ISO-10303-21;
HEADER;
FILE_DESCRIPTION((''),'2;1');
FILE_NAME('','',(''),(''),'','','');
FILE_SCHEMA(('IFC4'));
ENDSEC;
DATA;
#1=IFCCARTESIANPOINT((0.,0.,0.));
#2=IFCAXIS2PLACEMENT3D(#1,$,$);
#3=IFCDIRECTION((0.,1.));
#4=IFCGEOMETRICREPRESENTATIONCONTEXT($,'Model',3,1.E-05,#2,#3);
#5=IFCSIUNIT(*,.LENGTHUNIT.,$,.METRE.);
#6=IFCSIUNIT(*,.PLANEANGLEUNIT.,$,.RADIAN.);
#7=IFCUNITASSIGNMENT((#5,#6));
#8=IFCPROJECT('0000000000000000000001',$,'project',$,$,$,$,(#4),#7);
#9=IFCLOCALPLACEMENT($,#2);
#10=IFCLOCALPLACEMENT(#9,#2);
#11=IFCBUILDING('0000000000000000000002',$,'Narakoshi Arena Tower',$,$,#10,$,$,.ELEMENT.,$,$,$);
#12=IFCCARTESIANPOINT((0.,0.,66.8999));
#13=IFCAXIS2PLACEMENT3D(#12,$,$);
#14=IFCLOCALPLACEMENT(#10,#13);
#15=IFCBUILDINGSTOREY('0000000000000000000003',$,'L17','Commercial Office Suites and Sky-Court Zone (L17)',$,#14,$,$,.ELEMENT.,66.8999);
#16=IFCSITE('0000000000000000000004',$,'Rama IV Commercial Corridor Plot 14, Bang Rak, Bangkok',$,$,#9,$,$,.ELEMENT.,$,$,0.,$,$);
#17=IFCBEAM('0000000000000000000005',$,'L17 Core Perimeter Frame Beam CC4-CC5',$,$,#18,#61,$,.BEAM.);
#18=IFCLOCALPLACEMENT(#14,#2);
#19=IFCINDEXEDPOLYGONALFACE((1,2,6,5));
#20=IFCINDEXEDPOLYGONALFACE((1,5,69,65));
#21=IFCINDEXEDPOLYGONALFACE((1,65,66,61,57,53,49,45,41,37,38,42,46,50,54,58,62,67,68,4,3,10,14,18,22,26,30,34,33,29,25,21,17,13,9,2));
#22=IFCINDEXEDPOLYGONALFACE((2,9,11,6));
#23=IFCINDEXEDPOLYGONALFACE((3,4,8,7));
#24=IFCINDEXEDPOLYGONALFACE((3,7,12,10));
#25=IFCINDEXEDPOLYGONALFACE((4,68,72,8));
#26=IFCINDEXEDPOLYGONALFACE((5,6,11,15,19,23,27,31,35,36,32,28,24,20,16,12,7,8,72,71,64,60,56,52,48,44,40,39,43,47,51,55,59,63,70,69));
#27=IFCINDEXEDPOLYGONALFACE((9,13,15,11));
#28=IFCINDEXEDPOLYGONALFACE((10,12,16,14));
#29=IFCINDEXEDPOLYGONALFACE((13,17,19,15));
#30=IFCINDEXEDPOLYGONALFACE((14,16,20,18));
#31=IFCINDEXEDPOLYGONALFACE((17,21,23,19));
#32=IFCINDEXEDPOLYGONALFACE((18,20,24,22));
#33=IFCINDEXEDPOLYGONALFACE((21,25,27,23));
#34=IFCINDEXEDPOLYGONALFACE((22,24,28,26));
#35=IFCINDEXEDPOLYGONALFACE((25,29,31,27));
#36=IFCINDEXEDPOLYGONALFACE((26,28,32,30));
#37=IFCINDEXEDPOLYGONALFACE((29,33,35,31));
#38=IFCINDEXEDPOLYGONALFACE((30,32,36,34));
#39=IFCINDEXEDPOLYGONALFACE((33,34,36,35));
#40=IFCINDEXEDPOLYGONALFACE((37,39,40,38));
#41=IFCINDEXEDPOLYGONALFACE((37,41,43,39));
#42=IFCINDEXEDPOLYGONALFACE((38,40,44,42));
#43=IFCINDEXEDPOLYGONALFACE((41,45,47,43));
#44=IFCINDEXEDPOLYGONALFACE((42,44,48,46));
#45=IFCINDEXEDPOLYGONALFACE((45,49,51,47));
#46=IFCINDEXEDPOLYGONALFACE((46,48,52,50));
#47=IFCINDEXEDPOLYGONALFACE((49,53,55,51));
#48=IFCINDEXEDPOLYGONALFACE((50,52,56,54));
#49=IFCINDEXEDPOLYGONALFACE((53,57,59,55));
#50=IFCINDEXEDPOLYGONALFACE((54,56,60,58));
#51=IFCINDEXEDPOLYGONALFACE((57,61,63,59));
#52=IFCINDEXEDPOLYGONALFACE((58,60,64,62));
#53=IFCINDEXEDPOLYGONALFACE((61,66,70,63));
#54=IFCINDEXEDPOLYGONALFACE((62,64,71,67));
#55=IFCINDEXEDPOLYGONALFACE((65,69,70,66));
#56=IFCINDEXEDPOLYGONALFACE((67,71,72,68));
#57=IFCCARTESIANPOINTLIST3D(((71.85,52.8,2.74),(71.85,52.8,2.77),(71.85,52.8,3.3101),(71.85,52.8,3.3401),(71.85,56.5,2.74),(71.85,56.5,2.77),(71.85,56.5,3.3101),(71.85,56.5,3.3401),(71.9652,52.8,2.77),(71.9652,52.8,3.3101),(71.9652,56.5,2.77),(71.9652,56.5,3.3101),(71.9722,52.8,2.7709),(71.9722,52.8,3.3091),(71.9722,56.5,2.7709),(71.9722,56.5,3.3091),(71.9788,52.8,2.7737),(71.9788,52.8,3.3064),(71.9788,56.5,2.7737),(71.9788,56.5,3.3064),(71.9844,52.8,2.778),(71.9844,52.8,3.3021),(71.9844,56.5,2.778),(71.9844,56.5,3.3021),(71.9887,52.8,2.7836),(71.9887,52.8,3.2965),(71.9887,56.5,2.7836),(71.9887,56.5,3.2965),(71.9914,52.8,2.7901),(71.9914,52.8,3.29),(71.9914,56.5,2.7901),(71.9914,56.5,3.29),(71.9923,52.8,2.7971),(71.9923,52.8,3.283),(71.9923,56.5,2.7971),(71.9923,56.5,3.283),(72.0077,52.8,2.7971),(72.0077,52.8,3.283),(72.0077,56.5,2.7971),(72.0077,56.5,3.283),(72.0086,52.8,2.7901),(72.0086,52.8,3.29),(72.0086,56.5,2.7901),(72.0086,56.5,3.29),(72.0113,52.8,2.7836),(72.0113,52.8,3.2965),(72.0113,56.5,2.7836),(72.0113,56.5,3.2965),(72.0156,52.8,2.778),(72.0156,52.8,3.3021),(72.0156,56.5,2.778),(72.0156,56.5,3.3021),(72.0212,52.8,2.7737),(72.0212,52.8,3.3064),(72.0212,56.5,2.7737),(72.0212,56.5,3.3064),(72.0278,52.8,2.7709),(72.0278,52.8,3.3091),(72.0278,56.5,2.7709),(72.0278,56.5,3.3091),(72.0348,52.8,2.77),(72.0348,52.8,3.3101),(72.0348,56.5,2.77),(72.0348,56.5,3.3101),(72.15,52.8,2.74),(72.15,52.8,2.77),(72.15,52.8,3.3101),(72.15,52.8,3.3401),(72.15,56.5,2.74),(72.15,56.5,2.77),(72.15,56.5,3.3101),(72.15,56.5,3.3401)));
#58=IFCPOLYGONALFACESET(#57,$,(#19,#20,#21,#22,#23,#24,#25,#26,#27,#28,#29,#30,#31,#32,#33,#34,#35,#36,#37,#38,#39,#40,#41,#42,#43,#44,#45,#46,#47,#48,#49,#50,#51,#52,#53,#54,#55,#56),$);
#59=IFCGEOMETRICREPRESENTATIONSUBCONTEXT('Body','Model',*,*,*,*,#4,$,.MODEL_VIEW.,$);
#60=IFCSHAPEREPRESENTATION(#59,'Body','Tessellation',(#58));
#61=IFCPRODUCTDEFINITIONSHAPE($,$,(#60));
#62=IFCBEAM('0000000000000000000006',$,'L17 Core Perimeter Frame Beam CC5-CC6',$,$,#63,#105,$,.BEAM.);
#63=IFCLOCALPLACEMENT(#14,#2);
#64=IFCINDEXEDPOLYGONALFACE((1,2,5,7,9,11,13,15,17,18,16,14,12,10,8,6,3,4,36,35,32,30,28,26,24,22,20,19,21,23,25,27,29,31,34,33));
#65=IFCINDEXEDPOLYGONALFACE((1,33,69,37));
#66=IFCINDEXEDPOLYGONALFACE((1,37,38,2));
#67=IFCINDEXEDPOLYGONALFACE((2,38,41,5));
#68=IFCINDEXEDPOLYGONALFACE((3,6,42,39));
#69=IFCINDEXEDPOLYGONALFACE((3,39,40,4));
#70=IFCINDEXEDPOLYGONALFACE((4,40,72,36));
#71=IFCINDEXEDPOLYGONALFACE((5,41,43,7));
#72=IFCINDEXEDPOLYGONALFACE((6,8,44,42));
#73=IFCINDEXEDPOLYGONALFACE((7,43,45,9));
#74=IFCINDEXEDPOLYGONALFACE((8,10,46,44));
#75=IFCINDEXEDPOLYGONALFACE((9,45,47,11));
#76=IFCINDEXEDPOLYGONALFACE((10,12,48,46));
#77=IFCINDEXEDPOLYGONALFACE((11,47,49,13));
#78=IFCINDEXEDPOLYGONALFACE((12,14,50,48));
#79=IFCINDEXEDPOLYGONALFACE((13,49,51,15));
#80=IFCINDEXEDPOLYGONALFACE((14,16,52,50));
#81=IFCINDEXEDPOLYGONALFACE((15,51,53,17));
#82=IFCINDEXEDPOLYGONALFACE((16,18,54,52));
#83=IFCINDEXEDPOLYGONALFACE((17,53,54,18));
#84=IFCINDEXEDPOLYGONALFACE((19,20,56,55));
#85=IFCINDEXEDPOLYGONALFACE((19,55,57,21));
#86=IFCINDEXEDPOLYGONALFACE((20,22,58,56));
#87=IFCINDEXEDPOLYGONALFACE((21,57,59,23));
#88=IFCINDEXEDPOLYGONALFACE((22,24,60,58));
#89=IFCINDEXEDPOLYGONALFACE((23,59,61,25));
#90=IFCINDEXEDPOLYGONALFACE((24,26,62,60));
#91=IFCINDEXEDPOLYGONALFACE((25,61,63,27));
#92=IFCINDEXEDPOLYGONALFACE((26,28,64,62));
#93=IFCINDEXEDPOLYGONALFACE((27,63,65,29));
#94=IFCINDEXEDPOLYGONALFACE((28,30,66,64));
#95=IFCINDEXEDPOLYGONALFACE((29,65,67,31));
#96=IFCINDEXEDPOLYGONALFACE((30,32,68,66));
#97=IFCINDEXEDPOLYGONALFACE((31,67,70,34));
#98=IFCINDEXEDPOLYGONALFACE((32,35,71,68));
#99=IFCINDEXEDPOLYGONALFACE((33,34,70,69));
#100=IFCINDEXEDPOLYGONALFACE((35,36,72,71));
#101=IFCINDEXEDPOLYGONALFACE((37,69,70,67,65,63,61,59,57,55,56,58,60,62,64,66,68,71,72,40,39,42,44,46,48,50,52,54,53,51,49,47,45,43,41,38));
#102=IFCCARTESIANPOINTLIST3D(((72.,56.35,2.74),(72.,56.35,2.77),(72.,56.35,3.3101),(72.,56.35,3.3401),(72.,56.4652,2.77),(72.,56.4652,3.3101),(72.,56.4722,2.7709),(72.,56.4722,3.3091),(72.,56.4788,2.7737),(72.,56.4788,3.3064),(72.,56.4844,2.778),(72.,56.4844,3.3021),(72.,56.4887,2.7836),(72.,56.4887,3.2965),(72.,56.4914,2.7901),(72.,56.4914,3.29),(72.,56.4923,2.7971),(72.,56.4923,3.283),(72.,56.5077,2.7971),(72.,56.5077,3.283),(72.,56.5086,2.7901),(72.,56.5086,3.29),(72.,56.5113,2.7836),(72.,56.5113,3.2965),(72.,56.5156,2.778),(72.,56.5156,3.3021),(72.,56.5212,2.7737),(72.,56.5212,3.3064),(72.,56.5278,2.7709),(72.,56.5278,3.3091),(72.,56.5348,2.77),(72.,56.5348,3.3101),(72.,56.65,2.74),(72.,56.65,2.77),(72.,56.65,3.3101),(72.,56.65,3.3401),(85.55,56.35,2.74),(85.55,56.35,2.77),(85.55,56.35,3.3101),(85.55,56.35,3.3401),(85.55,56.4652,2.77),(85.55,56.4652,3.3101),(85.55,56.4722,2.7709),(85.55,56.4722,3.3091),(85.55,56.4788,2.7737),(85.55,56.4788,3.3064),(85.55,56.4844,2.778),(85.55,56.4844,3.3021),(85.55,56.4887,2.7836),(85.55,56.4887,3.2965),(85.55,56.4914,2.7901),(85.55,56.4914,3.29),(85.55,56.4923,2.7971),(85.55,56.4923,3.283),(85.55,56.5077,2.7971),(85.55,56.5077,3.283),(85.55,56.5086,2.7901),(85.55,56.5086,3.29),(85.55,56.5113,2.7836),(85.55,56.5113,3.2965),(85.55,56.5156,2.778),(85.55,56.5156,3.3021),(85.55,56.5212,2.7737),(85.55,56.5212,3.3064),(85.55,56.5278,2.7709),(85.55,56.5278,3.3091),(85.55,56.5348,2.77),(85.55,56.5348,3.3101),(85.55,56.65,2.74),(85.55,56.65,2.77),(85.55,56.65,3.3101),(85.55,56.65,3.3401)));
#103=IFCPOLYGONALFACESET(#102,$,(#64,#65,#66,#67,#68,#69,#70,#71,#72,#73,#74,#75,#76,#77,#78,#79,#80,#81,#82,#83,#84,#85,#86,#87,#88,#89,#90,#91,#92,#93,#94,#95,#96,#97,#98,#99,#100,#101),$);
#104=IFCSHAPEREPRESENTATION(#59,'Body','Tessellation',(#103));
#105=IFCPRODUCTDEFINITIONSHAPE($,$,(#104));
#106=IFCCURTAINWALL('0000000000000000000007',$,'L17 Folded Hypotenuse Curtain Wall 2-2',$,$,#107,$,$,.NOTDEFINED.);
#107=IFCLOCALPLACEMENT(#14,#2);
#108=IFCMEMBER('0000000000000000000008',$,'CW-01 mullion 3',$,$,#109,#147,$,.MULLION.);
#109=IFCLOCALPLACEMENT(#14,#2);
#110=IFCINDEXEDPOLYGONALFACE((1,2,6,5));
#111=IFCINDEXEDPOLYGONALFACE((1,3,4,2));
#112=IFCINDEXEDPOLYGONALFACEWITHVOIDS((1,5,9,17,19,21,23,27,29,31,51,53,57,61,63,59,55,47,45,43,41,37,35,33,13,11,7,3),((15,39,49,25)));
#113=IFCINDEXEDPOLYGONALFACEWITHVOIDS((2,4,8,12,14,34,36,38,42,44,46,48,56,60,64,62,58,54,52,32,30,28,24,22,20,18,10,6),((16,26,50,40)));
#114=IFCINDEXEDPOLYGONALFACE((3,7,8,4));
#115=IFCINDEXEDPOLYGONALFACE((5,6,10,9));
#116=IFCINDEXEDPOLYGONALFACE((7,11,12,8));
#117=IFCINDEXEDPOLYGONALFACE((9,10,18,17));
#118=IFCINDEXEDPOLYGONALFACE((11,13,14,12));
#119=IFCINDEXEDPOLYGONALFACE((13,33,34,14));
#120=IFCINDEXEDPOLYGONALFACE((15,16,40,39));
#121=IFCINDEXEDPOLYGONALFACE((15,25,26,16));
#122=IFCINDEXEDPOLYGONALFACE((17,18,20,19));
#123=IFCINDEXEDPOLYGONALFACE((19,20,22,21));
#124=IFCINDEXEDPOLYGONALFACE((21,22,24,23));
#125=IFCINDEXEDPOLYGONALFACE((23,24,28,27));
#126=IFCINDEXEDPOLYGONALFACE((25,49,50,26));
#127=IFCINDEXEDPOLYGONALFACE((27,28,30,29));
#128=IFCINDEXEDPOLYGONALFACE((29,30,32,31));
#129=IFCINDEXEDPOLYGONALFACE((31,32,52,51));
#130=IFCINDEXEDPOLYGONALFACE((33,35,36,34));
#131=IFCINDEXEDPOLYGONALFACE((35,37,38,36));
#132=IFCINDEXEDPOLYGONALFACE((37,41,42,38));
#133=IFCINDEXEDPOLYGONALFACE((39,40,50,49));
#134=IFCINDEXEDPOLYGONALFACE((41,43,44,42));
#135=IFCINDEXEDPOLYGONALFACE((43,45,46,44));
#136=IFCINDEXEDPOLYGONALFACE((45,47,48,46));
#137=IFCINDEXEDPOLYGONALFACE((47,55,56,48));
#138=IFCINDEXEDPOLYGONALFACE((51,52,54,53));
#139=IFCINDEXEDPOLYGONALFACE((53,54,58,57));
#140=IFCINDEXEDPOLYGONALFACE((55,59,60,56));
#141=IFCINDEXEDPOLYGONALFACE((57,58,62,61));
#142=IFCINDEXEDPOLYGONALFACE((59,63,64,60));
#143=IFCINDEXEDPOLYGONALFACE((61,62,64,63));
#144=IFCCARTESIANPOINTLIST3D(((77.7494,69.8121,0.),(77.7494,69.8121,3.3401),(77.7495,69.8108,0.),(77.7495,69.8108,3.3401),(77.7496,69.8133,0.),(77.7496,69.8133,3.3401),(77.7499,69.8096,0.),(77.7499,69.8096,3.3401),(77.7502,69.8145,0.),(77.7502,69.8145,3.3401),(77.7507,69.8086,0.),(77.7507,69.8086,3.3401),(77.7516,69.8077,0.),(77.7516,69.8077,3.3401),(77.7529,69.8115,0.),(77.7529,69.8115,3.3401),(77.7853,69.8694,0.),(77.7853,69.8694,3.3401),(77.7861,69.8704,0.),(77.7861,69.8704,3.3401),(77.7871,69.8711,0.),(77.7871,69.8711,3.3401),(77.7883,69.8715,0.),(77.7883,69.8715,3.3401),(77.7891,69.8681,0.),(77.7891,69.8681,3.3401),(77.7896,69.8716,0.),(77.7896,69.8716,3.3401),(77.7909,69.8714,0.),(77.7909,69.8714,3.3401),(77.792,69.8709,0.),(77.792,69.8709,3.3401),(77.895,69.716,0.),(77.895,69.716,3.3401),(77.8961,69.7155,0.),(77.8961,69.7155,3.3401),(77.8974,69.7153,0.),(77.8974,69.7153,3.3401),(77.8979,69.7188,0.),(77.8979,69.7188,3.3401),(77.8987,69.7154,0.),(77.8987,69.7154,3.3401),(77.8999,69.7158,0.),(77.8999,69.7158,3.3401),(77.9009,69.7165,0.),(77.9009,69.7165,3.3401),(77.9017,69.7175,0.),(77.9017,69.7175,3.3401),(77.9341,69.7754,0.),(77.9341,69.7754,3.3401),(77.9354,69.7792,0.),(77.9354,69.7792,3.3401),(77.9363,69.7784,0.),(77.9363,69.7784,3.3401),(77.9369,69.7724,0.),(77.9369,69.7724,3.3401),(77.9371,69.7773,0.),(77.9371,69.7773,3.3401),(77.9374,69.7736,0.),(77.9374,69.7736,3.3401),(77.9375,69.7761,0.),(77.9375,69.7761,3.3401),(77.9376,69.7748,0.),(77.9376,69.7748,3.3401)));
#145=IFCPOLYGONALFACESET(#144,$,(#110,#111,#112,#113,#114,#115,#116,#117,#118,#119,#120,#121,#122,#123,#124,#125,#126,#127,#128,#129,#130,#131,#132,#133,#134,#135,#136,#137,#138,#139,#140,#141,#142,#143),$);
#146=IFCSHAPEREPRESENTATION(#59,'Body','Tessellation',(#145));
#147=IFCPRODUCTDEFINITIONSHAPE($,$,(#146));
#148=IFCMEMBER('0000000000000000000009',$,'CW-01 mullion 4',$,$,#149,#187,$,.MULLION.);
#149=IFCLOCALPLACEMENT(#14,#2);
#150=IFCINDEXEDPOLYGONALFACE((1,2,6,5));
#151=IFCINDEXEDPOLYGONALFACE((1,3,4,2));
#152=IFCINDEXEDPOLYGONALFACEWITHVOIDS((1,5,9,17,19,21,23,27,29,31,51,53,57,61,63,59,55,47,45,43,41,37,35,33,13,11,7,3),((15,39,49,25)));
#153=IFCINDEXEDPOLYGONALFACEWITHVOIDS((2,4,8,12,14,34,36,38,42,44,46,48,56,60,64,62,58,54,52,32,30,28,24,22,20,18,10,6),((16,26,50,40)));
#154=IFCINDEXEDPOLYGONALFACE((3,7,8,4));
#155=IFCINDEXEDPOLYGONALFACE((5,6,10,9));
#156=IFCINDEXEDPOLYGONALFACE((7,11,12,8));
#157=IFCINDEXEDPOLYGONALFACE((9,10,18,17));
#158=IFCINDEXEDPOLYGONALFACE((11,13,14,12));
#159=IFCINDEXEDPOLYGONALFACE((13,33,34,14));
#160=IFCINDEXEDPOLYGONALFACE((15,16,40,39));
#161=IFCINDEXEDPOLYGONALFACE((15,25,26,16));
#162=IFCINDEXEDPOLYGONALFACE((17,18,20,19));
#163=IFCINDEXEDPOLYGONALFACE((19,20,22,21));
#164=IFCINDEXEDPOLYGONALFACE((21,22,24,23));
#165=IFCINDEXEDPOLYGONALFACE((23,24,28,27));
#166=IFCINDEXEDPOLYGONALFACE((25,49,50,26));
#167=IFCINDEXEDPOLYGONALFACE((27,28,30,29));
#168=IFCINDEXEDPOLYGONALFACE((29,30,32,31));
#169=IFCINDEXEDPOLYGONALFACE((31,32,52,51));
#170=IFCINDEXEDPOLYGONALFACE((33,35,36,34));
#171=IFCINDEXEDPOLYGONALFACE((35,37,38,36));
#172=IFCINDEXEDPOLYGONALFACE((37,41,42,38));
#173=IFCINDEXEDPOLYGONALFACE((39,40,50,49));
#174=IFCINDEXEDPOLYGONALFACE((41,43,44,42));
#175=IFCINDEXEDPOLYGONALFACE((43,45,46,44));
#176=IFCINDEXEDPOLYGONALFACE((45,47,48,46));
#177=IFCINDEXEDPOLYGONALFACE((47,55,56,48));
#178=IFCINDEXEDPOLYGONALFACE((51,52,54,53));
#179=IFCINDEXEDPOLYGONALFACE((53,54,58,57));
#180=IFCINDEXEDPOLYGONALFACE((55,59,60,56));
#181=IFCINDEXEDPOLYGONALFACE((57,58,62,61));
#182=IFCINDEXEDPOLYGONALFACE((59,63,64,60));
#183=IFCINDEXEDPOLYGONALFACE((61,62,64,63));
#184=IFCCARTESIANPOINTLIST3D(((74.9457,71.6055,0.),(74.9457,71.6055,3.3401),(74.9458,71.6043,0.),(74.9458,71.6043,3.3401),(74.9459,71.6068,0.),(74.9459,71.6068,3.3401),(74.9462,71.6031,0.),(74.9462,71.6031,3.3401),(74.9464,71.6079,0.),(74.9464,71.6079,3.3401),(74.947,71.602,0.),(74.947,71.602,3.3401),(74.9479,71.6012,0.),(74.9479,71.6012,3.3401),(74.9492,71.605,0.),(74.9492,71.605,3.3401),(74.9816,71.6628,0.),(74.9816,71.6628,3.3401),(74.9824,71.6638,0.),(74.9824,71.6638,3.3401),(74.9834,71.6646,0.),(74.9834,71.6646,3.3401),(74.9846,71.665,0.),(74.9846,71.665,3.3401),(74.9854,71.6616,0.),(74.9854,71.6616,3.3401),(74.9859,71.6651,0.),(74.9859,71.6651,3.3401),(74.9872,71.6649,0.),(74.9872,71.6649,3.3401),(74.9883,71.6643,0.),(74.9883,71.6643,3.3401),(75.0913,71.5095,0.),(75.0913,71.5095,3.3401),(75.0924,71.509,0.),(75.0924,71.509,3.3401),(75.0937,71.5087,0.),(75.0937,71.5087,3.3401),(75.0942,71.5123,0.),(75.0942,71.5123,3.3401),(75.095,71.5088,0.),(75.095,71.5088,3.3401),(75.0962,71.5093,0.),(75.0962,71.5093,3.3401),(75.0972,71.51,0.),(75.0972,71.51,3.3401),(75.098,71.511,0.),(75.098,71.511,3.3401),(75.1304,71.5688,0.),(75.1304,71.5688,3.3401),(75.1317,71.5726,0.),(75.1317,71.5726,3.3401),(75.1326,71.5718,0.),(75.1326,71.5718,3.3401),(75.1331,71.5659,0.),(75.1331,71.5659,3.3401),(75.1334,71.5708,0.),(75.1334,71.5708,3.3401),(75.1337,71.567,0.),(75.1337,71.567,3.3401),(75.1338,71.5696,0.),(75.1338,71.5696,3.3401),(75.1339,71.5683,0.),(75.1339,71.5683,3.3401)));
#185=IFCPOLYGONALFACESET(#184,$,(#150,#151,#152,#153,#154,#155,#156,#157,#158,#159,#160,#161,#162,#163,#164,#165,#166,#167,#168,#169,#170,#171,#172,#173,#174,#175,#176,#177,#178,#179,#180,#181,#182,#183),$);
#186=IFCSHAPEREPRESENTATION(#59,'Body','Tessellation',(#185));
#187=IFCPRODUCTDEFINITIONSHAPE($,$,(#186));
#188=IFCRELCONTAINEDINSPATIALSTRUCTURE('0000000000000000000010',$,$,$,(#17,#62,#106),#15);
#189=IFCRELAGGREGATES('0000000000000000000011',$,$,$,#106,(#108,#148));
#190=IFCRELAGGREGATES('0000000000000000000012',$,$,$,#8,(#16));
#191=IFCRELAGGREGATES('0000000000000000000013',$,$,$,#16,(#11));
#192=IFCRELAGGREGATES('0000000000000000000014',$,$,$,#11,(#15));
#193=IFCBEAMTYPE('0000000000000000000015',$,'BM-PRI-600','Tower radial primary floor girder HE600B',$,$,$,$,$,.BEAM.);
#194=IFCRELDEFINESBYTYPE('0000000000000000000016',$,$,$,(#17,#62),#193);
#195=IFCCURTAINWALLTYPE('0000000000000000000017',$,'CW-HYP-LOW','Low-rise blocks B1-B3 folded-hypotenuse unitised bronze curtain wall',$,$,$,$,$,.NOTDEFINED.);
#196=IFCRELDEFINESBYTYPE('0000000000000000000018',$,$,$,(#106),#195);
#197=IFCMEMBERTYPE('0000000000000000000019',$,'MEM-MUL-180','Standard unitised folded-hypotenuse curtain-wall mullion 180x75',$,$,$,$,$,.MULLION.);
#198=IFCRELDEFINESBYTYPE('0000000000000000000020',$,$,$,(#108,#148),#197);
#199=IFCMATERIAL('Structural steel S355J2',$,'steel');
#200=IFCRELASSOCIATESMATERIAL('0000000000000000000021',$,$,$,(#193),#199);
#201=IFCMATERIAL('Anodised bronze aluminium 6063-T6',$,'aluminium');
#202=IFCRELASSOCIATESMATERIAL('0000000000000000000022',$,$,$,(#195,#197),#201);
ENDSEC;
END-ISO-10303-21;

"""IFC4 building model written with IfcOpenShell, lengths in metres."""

from ifc_helpers import new_model, si_unit, direction, frame, origin, origin_2d, place, context, subcontext, project, spatial, hollow_rectangle, i_section, extrude, material, material_profile, profile_set, type_object, element, aggregate, save


model = new_model("IFC4")

# Units and contexts
model_context = context("Model", 3, precision=1e-05, world=origin(), true_north=direction((0.0, 1.0)))
body_context = subcontext(model_context, "Body", "Model", "MODEL_VIEW")
ifc_project = project(units=[si_unit("LENGTHUNIT", "METRE"), si_unit("PLANEANGLEUNIT", "RADIAN")], contexts=[model_context])

# Site, building, storey
site_placement = place(None, origin())
site = spatial("IfcSite", under=ifc_project, at=site_placement, Name="Rama IV Commercial Corridor Plot 14, Bang Rak, Bangkok", CompositionType="ELEMENT", RefElevation=0.0)
building_placement = place(site_placement, origin())
building = spatial("IfcBuilding", under=site, at=building_placement, Name="Narakoshi Arena Tower", CompositionType="ELEMENT")
storey_placement = place(building_placement, frame((0.0, 0.0, 66.8999)))
storey = spatial("IfcBuildingStorey", under=building, at=storey_placement, Name="L17", Description="Commercial Office Suites and Sky-Court Zone (L17)", CompositionType="ELEMENT", Elevation=66.8999)

# Beams
ifc_material_1 = material(Name="Structural steel S355J2", Category="steel")
ifc_material_profile_1 = material_profile(ifc_material_1, i_section(OverallWidth=0.3, OverallDepth=0.6001, WebThickness=0.0154, FlangeThickness=0.03, FilletRadius=0.0271, at=origin_2d()), Name="HE600B")
ifc_profile_set_1 = profile_set([ifc_material_profile_1], Name="Structural steel S355J2")
beam_type = type_object("IfcBeamType", Name="BM-PRI-600", Description="Tower radial primary floor girder HE600B", PredefinedType="BEAM", material=ifc_profile_set_1)
beam_1_placement = place(storey_placement, frame((72.0, 52.8, 3.04), z_axis=(0.0, 1.0, 0.0), x_axis=(-1.0, 0.0, 0.0)))
element("IfcBeam", 1, at=beam_1_placement, inside=storey, type_object=beam_type, Name="L17 Core Perimeter Frame Beam CC4-CC5", PredefinedType="BEAM", context=body_context, shape_type="SweptSolid", body=[
    extrude(i_section(OverallWidth=0.3, OverallDepth=0.6001, WebThickness=0.0154, FlangeThickness=0.03, FilletRadius=0.0271, at=origin_2d()), origin(), (0.0, 0.0, 1.0), 3.7),
])
beam_2_placement = place(storey_placement, frame((72.0, 56.5, 3.04), z_axis=(1.0, 0.0, 0.0), x_axis=(0.0, 1.0, 0.0)))
element("IfcBeam", 2, at=beam_2_placement, inside=storey, type_object=beam_type, Name="L17 Core Perimeter Frame Beam CC5-CC6", PredefinedType="BEAM", context=body_context, shape_type="SweptSolid", body=[
    extrude(i_section(OverallWidth=0.3, OverallDepth=0.6001, WebThickness=0.0154, FlangeThickness=0.03, FilletRadius=0.0271, at=origin_2d()), origin(), (0.0, 0.0, 1.0), 13.55),
])

# Curtain wall, members
ifc_material_2 = material(Name="Anodised bronze aluminium 6063-T6", Category="aluminium")
curtain_wall_type = type_object("IfcCurtainWallType", Name="CW-HYP-LOW", Description="Low-rise blocks B1-B3 folded-hypotenuse unitised bronze curtain wall", PredefinedType="NOTDEFINED", material=ifc_material_2)
curtain_wall_placement = place(storey_placement, origin())
curtain_wall = element("IfcCurtainWall", 3, at=curtain_wall_placement, inside=storey, type_object=curtain_wall_type, Name="L17 Folded Hypotenuse Curtain Wall 2-2", PredefinedType="NOTDEFINED")
ifc_material_profile_2 = material_profile(ifc_material_2, hollow_rectangle(XDim=0.075, YDim=0.1799, WallThickness=0.0039, OuterFilletRadius=0.0049, at=origin_2d()), Name="MUL180x75x4")
ifc_profile_set_2 = profile_set([ifc_material_profile_2], Name="Anodised bronze aluminium 6063-T6")
member_type_1 = type_object("IfcMemberType", Name="MEM-MUL-180", Description="Standard unitised folded-hypotenuse curtain-wall mullion 180x75", PredefinedType="MULLION", material=ifc_profile_set_2)
member_1_placement = place(storey_placement, frame((77.8435, 69.7935, 0.0), z_axis=(0.0, 0.0, 1.0), x_axis=(-0.538829, -0.842415, 0.0)))
member_1 = element("IfcMember", 4, at=member_1_placement, type_object=member_type_1, Name="CW-01 mullion 3", PredefinedType="MULLION", context=body_context, shape_type="SweptSolid", body=[
    extrude(hollow_rectangle(XDim=0.075, YDim=0.1799, WallThickness=0.0039, OuterFilletRadius=0.0049, at=origin_2d()), origin(), (0.0, 0.0, 1.0), 3.3401),
])
member_2_placement = place(storey_placement, frame((75.0398, 71.5869, 0.0), z_axis=(0.0, 0.0, 1.0), x_axis=(-0.538829, -0.842415, 0.0)))
member_2 = element("IfcMember", 5, at=member_2_placement, type_object=member_type_1, Name="CW-01 mullion 4", PredefinedType="MULLION", context=body_context, shape_type="SweptSolid", body=[
    extrude(hollow_rectangle(XDim=0.075, YDim=0.1799, WallThickness=0.0039, OuterFilletRadius=0.0049, at=origin_2d()), origin(), (0.0, 0.0, 1.0), 3.3401),
])
aggregate(curtain_wall, [member_1, member_2])

save(model, "model.ifc")
